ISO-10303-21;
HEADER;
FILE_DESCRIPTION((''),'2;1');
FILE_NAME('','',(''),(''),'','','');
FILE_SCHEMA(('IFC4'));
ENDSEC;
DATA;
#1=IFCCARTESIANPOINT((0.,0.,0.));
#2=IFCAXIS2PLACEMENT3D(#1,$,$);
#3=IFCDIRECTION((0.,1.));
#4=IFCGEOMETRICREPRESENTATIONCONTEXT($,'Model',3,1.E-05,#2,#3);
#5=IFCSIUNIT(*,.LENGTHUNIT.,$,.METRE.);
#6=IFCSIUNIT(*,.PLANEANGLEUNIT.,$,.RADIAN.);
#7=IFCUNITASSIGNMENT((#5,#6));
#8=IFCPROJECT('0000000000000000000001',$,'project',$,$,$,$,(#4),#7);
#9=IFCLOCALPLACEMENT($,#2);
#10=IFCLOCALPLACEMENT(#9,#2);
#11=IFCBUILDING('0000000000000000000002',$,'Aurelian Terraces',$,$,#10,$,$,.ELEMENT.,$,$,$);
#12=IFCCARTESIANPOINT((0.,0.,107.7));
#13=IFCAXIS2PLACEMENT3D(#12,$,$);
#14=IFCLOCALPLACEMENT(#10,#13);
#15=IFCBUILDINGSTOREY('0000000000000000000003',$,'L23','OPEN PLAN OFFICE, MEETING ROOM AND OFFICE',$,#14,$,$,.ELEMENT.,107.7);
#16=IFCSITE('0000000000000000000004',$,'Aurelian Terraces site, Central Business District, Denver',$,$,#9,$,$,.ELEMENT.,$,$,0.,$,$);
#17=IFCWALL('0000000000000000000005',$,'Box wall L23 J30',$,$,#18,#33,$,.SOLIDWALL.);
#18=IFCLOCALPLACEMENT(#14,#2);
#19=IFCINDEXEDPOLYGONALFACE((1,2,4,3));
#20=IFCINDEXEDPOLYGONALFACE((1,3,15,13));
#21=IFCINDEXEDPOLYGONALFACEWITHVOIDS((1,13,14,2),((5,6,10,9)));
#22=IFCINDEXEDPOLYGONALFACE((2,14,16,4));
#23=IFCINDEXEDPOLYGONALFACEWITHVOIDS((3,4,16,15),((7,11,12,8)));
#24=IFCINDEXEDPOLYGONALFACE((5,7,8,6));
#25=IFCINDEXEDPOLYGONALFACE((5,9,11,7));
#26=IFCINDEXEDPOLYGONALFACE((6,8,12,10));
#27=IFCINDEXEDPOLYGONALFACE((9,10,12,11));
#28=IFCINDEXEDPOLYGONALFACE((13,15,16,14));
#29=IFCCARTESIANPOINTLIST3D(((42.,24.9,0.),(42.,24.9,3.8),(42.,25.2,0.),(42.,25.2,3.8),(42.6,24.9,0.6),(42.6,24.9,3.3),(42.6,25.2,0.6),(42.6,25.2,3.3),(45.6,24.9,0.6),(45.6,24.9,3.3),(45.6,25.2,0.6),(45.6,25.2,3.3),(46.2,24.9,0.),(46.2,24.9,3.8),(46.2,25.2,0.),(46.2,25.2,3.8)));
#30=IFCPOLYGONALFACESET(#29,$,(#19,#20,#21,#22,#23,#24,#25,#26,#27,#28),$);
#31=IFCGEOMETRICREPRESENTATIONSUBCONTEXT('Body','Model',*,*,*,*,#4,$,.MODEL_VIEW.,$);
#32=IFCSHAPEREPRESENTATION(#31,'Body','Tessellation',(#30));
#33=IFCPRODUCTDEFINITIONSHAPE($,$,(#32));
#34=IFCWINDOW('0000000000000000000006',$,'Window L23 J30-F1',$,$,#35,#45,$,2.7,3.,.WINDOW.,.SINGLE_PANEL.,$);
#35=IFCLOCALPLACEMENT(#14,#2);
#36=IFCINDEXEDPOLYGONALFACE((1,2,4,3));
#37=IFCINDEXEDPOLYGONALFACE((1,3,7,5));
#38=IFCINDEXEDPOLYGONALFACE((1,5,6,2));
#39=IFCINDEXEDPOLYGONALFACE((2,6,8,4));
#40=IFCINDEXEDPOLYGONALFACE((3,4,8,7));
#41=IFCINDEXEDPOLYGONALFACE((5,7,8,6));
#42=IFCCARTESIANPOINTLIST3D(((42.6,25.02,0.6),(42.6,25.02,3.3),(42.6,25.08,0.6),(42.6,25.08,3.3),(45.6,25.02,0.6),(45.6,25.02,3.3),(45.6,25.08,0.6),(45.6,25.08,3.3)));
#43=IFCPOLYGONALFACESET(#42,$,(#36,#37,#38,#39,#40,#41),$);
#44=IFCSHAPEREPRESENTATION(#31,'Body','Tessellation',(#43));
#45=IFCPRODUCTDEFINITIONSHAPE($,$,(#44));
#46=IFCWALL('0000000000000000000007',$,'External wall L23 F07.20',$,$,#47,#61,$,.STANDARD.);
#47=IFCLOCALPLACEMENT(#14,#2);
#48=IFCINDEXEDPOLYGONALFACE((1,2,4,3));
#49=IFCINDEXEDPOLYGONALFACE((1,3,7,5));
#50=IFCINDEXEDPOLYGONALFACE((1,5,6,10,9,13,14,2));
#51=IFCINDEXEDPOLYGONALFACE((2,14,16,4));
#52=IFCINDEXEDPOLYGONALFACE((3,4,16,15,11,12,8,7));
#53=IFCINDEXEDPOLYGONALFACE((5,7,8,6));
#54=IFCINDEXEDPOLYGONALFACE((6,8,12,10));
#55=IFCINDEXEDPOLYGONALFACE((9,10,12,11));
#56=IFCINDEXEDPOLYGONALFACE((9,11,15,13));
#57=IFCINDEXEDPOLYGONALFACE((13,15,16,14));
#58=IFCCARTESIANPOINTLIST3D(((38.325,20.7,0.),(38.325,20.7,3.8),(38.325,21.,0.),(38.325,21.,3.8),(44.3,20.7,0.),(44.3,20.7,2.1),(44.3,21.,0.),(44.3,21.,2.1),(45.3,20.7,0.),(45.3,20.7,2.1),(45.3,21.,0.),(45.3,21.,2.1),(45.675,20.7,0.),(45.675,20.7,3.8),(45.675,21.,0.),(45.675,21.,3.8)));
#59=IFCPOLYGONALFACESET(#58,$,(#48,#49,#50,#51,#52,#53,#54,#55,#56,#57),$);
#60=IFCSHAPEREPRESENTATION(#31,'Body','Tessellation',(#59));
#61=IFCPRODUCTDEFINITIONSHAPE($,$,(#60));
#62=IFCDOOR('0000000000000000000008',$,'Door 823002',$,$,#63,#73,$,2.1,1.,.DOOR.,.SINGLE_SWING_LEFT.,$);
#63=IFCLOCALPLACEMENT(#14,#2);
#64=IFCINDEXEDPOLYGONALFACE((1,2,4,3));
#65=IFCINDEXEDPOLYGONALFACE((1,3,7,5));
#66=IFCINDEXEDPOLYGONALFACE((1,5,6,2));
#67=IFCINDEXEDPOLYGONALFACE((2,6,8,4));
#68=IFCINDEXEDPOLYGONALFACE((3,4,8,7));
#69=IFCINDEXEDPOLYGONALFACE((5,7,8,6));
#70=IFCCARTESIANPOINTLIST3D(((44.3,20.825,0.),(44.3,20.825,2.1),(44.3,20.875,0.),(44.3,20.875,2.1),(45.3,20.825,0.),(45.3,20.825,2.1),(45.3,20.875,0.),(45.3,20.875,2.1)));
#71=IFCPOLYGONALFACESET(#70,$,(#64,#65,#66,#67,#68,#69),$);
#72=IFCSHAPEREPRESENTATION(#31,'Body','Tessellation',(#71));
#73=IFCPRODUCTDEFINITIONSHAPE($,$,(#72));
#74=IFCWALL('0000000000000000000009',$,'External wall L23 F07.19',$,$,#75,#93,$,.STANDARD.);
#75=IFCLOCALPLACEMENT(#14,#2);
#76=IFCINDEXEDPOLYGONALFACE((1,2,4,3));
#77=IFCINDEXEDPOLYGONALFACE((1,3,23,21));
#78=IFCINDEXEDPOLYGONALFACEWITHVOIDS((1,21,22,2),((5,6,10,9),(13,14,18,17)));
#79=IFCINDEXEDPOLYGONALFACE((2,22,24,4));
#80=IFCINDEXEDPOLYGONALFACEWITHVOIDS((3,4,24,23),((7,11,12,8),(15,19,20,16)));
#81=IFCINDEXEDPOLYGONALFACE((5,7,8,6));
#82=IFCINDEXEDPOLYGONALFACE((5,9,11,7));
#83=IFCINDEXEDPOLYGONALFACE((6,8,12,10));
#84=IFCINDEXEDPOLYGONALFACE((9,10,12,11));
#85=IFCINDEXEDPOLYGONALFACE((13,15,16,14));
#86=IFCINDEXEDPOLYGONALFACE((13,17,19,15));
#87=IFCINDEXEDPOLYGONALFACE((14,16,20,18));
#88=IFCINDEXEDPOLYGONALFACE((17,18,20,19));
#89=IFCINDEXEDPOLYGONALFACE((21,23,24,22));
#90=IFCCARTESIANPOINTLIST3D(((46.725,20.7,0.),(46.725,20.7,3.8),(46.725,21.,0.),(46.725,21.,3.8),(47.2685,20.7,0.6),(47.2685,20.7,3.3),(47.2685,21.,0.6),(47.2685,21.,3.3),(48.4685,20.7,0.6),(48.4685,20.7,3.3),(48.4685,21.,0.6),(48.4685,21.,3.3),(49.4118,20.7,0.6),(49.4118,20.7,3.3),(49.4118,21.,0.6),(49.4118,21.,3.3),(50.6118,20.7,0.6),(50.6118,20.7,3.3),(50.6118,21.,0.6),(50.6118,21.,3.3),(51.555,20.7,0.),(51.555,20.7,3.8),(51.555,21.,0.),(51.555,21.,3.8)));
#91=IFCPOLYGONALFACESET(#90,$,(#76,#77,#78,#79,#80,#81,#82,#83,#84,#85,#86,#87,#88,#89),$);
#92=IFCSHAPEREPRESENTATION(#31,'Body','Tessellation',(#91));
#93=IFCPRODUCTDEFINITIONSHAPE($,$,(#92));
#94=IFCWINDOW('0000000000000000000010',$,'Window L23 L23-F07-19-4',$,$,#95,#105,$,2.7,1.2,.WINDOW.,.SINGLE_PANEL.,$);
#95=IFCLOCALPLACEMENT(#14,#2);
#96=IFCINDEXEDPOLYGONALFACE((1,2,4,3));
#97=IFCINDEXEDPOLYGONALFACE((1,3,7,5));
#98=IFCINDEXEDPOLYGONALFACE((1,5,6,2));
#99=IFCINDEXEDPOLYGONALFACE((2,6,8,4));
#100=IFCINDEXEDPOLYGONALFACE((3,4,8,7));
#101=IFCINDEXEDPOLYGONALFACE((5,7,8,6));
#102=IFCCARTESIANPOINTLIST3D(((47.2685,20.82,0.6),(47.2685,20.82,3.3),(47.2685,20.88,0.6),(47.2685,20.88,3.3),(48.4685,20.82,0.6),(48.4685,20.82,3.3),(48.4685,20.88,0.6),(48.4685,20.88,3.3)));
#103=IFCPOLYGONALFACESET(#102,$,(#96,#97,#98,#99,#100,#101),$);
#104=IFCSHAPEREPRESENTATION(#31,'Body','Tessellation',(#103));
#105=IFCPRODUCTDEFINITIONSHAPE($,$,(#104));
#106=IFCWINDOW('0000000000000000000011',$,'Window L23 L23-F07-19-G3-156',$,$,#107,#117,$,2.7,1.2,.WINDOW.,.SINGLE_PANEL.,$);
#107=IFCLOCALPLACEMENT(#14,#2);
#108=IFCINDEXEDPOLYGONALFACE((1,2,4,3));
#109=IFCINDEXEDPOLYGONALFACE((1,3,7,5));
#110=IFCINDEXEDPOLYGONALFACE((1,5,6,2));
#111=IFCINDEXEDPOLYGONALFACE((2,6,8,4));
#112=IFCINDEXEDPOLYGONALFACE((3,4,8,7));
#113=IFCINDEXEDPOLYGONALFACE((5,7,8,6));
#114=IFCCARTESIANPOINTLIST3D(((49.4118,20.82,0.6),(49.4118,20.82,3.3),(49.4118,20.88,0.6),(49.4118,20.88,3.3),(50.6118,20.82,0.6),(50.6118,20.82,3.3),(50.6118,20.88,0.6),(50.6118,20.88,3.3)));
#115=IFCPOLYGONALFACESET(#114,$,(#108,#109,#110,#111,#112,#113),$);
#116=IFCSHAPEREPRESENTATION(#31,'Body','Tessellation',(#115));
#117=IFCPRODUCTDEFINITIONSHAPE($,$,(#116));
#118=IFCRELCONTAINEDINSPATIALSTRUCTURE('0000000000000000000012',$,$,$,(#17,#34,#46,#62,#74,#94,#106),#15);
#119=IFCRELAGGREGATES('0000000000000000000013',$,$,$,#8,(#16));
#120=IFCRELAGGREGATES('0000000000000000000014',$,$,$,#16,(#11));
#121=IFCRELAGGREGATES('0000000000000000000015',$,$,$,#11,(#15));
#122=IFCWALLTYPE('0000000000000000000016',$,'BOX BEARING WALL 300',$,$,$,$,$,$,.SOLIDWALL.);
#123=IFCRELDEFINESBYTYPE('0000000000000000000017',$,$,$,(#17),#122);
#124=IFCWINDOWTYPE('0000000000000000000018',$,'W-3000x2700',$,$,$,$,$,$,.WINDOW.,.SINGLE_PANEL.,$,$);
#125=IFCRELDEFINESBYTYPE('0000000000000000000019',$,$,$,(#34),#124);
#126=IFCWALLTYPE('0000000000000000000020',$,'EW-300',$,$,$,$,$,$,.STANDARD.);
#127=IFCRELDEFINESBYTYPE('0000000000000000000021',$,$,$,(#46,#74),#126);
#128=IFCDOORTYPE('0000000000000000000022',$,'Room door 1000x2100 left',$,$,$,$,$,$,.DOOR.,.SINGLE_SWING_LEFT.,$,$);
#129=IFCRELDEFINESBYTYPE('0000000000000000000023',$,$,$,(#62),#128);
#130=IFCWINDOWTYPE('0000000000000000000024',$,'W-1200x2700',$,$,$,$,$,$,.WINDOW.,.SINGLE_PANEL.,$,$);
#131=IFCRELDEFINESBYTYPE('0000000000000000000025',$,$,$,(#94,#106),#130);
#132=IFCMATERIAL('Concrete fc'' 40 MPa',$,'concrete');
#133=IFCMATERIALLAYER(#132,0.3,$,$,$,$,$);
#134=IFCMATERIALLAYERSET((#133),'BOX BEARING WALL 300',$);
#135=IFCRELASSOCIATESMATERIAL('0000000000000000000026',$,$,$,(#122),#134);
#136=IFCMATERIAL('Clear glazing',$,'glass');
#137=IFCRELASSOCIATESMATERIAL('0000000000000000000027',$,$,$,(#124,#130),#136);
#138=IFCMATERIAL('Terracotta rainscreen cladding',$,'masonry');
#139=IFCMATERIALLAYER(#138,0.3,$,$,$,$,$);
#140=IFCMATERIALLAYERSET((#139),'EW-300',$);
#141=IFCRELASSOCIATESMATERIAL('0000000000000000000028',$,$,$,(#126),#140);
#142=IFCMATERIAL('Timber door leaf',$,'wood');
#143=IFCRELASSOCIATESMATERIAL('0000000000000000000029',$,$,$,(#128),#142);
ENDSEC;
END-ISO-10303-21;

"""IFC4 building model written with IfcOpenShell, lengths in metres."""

from ifc_helpers import new_model, si_unit, direction, frame, frame_2d, origin, place, context, subcontext, project, spatial, rectangle, extrude, source, transform, mapped, material, layer, layer_set, type_object, element, fill, save


model = new_model("IFC4")

# Units and contexts
model_context = context("Model", 3, precision=1e-05, world=origin(), true_north=direction((0.0, 1.0)))
body_context = subcontext(model_context, "Body", "Model", "MODEL_VIEW")
ifc_project = project(units=[si_unit("LENGTHUNIT", "METRE"), si_unit("PLANEANGLEUNIT", "RADIAN")], contexts=[model_context])

# Site, building, storey
site_placement = place(None, origin())
site = spatial("IfcSite", under=ifc_project, at=site_placement, Name="Aurelian Terraces site, Central Business District, Denver", CompositionType="ELEMENT", RefElevation=0.0)
building_placement = place(site_placement, origin())
building = spatial("IfcBuilding", under=site, at=building_placement, Name="Aurelian Terraces", CompositionType="ELEMENT")
storey_placement = place(building_placement, frame((0.0, 0.0, 107.7)))
storey = spatial("IfcBuildingStorey", under=building, at=storey_placement, Name="L23", Description="OPEN PLAN OFFICE, MEETING ROOM AND OFFICE", CompositionType="ELEMENT", Elevation=107.7)

# Shared definitions
ifc_material_1 = material(Name="Concrete fc' 40 MPa", Category="concrete")

# Wall, opening, window
ifc_material_2 = material(Name="Clear glazing", Category="glass")
ifc_layer_1 = layer(ifc_material_1, 0.3)
ifc_layer_set_1 = layer_set([ifc_layer_1], Name="BOX BEARING WALL 300")
wall_type_1 = type_object("IfcWallType", Name="BOX BEARING WALL 300", PredefinedType="SOLIDWALL", material=ifc_layer_set_1)
shared_shape_1 = source(origin(), body_context, "Body", "SweptSolid", [
    extrude(rectangle(XDim=4.2, YDim=0.3, at=frame_2d((2.1, 0.0))), origin(), (0.0, 0.0, 1.0), 3.8),
])
wall_1_placement = place(storey_placement, frame((46.2, 25.05, 0.0), z_axis=(0.0, 0.0, 1.0), x_axis=(-1.0, 0.0, 0.0)))
wall_1 = element("IfcWall", 1, at=wall_1_placement, inside=storey, type_object=wall_type_1, Name="Box wall L23 J30", PredefinedType="SOLIDWALL", context=body_context, shape_type="MappedRepresentation", body=[
    mapped(shared_shape_1, transform((0.0, 0.0, 0.0), scale=1.0)),
])
shared_shape_2 = source(origin(), body_context, "Body", "SweptSolid", [
    extrude(rectangle(XDim=3.0, YDim=2.7, at=frame_2d((1.5, 1.35))), frame((0.0, 0.16, 0.0), z_axis=(0.0, -1.0, 0.0), x_axis=(1.0, 0.0, 0.0)), (0.0, 0.0, 1.0), 0.32),
])
opening_1_placement = place(wall_1_placement, frame((0.6, 0.0, 0.6)))
opening_1 = element("IfcOpeningElement", 2, at=opening_1_placement, cuts=wall_1, PredefinedType="OPENING", context=body_context, shape_type="MappedRepresentation", body=[
    mapped(shared_shape_2, transform((0.0, 0.0, 0.0), scale=1.0)),
])
window_type_1 = type_object("IfcWindowType", Name="W-3000x2700", PartitioningType="SINGLE_PANEL", PredefinedType="WINDOW", material=ifc_material_2)
shared_shape_3 = source(origin(), body_context, "Body", "SweptSolid", [
    extrude(rectangle(XDim=3.0, YDim=2.7, at=frame_2d((1.5, 1.35))), frame((0.0, 0.03, 0.0), z_axis=(0.0, -1.0, 0.0), x_axis=(1.0, 0.0, 0.0)), (0.0, 0.0, 1.0), 0.06),
])
window_1_placement = place(opening_1_placement, origin())
window_1 = element("IfcWindow", 3, at=window_1_placement, inside=storey, type_object=window_type_1, Name="Window L23 J30-F1", OverallHeight=2.7, OverallWidth=3.0, PartitioningType="SINGLE_PANEL", PredefinedType="WINDOW", context=body_context, shape_type="MappedRepresentation", body=[
    mapped(shared_shape_3, transform((0.0, 0.0, 0.0), scale=1.0)),
])
fill(opening_1, window_1)

# Wall, opening, door
ifc_material_3 = material(Name="Terracotta rainscreen cladding", Category="masonry")
ifc_layer_2 = layer(ifc_material_3, 0.3)
ifc_layer_set_2 = layer_set([ifc_layer_2], Name="EW-300")
wall_type_2 = type_object("IfcWallType", Name="EW-300", PredefinedType="STANDARD", material=ifc_layer_set_2)
shared_shape_4 = source(origin(), body_context, "Body", "SweptSolid", [
    extrude(rectangle(XDim=7.35, YDim=0.3, at=frame_2d((3.675, 0.0))), origin(), (0.0, 0.0, 1.0), 3.8),
])
wall_2_placement = place(storey_placement, frame((45.675, 20.85, 0.0), z_axis=(0.0, 0.0, 1.0), x_axis=(-1.0, 0.0, 0.0)))
wall_2 = element("IfcWall", 4, at=wall_2_placement, inside=storey, type_object=wall_type_2, Name="External wall L23 F07.20", PredefinedType="STANDARD", context=body_context, shape_type="MappedRepresentation", body=[
    mapped(shared_shape_4, transform((0.0, 0.0, 0.0), scale=1.0)),
])
shared_shape_5 = source(origin(), body_context, "Body", "SweptSolid", [
    extrude(rectangle(XDim=1.0, YDim=2.1, at=frame_2d((0.5, 1.05))), frame((0.0, 0.16, 0.0), z_axis=(0.0, -1.0, 0.0), x_axis=(1.0, 0.0, 0.0)), (0.0, 0.0, 1.0), 0.32),
])
opening_2_placement = place(wall_2_placement, frame((0.375, 0.0, 0.0)))
opening_2 = element("IfcOpeningElement", 5, at=opening_2_placement, cuts=wall_2, PredefinedType="OPENING", context=body_context, shape_type="MappedRepresentation", body=[
    mapped(shared_shape_5, transform((0.0, 0.0, 0.0), scale=1.0)),
])
ifc_material_4 = material(Name="Timber door leaf", Category="wood")
door_type = type_object("IfcDoorType", Name="Room door 1000x2100 left", OperationType="SINGLE_SWING_LEFT", PredefinedType="DOOR", material=ifc_material_4)
shared_shape_6 = source(origin(), body_context, "Body", "SweptSolid", [
    extrude(rectangle(XDim=1.0, YDim=2.1, at=frame_2d((0.5, 1.05))), frame((0.0, 0.025, 0.0), z_axis=(0.0, -1.0, 0.0), x_axis=(1.0, 0.0, 0.0)), (0.0, 0.0, 1.0), 0.05),
])
door_placement = place(opening_2_placement, origin())
door = element("IfcDoor", 6, at=door_placement, inside=storey, type_object=door_type, Name="Door 823002", OperationType="SINGLE_SWING_LEFT", OverallHeight=2.1, OverallWidth=1.0, PredefinedType="DOOR", context=body_context, shape_type="MappedRepresentation", body=[
    mapped(shared_shape_6, transform((0.0, 0.0, 0.0), scale=1.0)),
])
fill(opening_2, door)

# Wall, openings, windows
shared_shape_7 = source(origin(), body_context, "Body", "SweptSolid", [
    extrude(rectangle(XDim=4.83, YDim=0.3, at=frame_2d((2.415, 0.0))), origin(), (0.0, 0.0, 1.0), 3.8),
])
wall_3_placement = place(storey_placement, frame((51.555, 20.85, 0.0), z_axis=(0.0, 0.0, 1.0), x_axis=(-1.0, 0.0, 0.0)))
wall_3 = element("IfcWall", 7, at=wall_3_placement, inside=storey, type_object=wall_type_2, Name="External wall L23 F07.19", PredefinedType="STANDARD", context=body_context, shape_type="MappedRepresentation", body=[
    mapped(shared_shape_7, transform((0.0, 0.0, 0.0), scale=1.0)),
])
shared_shape_8 = source(origin(), body_context, "Body", "SweptSolid", [
    extrude(rectangle(XDim=1.2, YDim=2.7, at=frame_2d((0.6, 1.35))), frame((0.0, 0.16, 0.0), z_axis=(0.0, -1.0, 0.0), x_axis=(1.0, 0.0, 0.0)), (0.0, 0.0, 1.0), 0.32),
])
opening_3_placement = place(wall_3_placement, frame((3.0865, 0.0, 0.6)))
opening_3 = element("IfcOpeningElement", 8, at=opening_3_placement, cuts=wall_3, PredefinedType="OPENING", context=body_context, shape_type="MappedRepresentation", body=[
    mapped(shared_shape_8, transform((0.0, 0.0, 0.0), scale=1.0)),
])
opening_4_placement = place(wall_3_placement, frame((0.9432, 0.0, 0.6)))
opening_4 = element("IfcOpeningElement", 9, at=opening_4_placement, cuts=wall_3, PredefinedType="OPENING", context=body_context, shape_type="MappedRepresentation", body=[
    mapped(shared_shape_8, transform((0.0, 0.0, 0.0), scale=1.0)),
])
window_type_2 = type_object("IfcWindowType", Name="W-1200x2700", PartitioningType="SINGLE_PANEL", PredefinedType="WINDOW", material=ifc_material_2)
shared_shape_9 = source(origin(), body_context, "Body", "SweptSolid", [
    extrude(rectangle(XDim=1.2, YDim=2.7, at=frame_2d((0.6, 1.35))), frame((0.0, 0.03, 0.0), z_axis=(0.0, -1.0, 0.0), x_axis=(1.0, 0.0, 0.0)), (0.0, 0.0, 1.0), 0.06),
])
window_2_placement = place(opening_3_placement, origin())
window_2 = element("IfcWindow", 10, at=window_2_placement, inside=storey, type_object=window_type_2, Name="Window L23 L23-F07-19-4", OverallHeight=2.7, OverallWidth=1.2, PartitioningType="SINGLE_PANEL", PredefinedType="WINDOW", context=body_context, shape_type="MappedRepresentation", body=[
    mapped(shared_shape_9, transform((0.0, 0.0, 0.0), scale=1.0)),
])
fill(opening_3, window_2)
window_3_placement = place(opening_4_placement, origin())
window_3 = element("IfcWindow", 11, at=window_3_placement, inside=storey, type_object=window_type_2, Name="Window L23 L23-F07-19-G3-156", OverallHeight=2.7, OverallWidth=1.2, PartitioningType="SINGLE_PANEL", PredefinedType="WINDOW", context=body_context, shape_type="MappedRepresentation", body=[
    mapped(shared_shape_9, transform((0.0, 0.0, 0.0), scale=1.0)),
])
fill(opening_4, window_3)

save(model, "model.ifc")
